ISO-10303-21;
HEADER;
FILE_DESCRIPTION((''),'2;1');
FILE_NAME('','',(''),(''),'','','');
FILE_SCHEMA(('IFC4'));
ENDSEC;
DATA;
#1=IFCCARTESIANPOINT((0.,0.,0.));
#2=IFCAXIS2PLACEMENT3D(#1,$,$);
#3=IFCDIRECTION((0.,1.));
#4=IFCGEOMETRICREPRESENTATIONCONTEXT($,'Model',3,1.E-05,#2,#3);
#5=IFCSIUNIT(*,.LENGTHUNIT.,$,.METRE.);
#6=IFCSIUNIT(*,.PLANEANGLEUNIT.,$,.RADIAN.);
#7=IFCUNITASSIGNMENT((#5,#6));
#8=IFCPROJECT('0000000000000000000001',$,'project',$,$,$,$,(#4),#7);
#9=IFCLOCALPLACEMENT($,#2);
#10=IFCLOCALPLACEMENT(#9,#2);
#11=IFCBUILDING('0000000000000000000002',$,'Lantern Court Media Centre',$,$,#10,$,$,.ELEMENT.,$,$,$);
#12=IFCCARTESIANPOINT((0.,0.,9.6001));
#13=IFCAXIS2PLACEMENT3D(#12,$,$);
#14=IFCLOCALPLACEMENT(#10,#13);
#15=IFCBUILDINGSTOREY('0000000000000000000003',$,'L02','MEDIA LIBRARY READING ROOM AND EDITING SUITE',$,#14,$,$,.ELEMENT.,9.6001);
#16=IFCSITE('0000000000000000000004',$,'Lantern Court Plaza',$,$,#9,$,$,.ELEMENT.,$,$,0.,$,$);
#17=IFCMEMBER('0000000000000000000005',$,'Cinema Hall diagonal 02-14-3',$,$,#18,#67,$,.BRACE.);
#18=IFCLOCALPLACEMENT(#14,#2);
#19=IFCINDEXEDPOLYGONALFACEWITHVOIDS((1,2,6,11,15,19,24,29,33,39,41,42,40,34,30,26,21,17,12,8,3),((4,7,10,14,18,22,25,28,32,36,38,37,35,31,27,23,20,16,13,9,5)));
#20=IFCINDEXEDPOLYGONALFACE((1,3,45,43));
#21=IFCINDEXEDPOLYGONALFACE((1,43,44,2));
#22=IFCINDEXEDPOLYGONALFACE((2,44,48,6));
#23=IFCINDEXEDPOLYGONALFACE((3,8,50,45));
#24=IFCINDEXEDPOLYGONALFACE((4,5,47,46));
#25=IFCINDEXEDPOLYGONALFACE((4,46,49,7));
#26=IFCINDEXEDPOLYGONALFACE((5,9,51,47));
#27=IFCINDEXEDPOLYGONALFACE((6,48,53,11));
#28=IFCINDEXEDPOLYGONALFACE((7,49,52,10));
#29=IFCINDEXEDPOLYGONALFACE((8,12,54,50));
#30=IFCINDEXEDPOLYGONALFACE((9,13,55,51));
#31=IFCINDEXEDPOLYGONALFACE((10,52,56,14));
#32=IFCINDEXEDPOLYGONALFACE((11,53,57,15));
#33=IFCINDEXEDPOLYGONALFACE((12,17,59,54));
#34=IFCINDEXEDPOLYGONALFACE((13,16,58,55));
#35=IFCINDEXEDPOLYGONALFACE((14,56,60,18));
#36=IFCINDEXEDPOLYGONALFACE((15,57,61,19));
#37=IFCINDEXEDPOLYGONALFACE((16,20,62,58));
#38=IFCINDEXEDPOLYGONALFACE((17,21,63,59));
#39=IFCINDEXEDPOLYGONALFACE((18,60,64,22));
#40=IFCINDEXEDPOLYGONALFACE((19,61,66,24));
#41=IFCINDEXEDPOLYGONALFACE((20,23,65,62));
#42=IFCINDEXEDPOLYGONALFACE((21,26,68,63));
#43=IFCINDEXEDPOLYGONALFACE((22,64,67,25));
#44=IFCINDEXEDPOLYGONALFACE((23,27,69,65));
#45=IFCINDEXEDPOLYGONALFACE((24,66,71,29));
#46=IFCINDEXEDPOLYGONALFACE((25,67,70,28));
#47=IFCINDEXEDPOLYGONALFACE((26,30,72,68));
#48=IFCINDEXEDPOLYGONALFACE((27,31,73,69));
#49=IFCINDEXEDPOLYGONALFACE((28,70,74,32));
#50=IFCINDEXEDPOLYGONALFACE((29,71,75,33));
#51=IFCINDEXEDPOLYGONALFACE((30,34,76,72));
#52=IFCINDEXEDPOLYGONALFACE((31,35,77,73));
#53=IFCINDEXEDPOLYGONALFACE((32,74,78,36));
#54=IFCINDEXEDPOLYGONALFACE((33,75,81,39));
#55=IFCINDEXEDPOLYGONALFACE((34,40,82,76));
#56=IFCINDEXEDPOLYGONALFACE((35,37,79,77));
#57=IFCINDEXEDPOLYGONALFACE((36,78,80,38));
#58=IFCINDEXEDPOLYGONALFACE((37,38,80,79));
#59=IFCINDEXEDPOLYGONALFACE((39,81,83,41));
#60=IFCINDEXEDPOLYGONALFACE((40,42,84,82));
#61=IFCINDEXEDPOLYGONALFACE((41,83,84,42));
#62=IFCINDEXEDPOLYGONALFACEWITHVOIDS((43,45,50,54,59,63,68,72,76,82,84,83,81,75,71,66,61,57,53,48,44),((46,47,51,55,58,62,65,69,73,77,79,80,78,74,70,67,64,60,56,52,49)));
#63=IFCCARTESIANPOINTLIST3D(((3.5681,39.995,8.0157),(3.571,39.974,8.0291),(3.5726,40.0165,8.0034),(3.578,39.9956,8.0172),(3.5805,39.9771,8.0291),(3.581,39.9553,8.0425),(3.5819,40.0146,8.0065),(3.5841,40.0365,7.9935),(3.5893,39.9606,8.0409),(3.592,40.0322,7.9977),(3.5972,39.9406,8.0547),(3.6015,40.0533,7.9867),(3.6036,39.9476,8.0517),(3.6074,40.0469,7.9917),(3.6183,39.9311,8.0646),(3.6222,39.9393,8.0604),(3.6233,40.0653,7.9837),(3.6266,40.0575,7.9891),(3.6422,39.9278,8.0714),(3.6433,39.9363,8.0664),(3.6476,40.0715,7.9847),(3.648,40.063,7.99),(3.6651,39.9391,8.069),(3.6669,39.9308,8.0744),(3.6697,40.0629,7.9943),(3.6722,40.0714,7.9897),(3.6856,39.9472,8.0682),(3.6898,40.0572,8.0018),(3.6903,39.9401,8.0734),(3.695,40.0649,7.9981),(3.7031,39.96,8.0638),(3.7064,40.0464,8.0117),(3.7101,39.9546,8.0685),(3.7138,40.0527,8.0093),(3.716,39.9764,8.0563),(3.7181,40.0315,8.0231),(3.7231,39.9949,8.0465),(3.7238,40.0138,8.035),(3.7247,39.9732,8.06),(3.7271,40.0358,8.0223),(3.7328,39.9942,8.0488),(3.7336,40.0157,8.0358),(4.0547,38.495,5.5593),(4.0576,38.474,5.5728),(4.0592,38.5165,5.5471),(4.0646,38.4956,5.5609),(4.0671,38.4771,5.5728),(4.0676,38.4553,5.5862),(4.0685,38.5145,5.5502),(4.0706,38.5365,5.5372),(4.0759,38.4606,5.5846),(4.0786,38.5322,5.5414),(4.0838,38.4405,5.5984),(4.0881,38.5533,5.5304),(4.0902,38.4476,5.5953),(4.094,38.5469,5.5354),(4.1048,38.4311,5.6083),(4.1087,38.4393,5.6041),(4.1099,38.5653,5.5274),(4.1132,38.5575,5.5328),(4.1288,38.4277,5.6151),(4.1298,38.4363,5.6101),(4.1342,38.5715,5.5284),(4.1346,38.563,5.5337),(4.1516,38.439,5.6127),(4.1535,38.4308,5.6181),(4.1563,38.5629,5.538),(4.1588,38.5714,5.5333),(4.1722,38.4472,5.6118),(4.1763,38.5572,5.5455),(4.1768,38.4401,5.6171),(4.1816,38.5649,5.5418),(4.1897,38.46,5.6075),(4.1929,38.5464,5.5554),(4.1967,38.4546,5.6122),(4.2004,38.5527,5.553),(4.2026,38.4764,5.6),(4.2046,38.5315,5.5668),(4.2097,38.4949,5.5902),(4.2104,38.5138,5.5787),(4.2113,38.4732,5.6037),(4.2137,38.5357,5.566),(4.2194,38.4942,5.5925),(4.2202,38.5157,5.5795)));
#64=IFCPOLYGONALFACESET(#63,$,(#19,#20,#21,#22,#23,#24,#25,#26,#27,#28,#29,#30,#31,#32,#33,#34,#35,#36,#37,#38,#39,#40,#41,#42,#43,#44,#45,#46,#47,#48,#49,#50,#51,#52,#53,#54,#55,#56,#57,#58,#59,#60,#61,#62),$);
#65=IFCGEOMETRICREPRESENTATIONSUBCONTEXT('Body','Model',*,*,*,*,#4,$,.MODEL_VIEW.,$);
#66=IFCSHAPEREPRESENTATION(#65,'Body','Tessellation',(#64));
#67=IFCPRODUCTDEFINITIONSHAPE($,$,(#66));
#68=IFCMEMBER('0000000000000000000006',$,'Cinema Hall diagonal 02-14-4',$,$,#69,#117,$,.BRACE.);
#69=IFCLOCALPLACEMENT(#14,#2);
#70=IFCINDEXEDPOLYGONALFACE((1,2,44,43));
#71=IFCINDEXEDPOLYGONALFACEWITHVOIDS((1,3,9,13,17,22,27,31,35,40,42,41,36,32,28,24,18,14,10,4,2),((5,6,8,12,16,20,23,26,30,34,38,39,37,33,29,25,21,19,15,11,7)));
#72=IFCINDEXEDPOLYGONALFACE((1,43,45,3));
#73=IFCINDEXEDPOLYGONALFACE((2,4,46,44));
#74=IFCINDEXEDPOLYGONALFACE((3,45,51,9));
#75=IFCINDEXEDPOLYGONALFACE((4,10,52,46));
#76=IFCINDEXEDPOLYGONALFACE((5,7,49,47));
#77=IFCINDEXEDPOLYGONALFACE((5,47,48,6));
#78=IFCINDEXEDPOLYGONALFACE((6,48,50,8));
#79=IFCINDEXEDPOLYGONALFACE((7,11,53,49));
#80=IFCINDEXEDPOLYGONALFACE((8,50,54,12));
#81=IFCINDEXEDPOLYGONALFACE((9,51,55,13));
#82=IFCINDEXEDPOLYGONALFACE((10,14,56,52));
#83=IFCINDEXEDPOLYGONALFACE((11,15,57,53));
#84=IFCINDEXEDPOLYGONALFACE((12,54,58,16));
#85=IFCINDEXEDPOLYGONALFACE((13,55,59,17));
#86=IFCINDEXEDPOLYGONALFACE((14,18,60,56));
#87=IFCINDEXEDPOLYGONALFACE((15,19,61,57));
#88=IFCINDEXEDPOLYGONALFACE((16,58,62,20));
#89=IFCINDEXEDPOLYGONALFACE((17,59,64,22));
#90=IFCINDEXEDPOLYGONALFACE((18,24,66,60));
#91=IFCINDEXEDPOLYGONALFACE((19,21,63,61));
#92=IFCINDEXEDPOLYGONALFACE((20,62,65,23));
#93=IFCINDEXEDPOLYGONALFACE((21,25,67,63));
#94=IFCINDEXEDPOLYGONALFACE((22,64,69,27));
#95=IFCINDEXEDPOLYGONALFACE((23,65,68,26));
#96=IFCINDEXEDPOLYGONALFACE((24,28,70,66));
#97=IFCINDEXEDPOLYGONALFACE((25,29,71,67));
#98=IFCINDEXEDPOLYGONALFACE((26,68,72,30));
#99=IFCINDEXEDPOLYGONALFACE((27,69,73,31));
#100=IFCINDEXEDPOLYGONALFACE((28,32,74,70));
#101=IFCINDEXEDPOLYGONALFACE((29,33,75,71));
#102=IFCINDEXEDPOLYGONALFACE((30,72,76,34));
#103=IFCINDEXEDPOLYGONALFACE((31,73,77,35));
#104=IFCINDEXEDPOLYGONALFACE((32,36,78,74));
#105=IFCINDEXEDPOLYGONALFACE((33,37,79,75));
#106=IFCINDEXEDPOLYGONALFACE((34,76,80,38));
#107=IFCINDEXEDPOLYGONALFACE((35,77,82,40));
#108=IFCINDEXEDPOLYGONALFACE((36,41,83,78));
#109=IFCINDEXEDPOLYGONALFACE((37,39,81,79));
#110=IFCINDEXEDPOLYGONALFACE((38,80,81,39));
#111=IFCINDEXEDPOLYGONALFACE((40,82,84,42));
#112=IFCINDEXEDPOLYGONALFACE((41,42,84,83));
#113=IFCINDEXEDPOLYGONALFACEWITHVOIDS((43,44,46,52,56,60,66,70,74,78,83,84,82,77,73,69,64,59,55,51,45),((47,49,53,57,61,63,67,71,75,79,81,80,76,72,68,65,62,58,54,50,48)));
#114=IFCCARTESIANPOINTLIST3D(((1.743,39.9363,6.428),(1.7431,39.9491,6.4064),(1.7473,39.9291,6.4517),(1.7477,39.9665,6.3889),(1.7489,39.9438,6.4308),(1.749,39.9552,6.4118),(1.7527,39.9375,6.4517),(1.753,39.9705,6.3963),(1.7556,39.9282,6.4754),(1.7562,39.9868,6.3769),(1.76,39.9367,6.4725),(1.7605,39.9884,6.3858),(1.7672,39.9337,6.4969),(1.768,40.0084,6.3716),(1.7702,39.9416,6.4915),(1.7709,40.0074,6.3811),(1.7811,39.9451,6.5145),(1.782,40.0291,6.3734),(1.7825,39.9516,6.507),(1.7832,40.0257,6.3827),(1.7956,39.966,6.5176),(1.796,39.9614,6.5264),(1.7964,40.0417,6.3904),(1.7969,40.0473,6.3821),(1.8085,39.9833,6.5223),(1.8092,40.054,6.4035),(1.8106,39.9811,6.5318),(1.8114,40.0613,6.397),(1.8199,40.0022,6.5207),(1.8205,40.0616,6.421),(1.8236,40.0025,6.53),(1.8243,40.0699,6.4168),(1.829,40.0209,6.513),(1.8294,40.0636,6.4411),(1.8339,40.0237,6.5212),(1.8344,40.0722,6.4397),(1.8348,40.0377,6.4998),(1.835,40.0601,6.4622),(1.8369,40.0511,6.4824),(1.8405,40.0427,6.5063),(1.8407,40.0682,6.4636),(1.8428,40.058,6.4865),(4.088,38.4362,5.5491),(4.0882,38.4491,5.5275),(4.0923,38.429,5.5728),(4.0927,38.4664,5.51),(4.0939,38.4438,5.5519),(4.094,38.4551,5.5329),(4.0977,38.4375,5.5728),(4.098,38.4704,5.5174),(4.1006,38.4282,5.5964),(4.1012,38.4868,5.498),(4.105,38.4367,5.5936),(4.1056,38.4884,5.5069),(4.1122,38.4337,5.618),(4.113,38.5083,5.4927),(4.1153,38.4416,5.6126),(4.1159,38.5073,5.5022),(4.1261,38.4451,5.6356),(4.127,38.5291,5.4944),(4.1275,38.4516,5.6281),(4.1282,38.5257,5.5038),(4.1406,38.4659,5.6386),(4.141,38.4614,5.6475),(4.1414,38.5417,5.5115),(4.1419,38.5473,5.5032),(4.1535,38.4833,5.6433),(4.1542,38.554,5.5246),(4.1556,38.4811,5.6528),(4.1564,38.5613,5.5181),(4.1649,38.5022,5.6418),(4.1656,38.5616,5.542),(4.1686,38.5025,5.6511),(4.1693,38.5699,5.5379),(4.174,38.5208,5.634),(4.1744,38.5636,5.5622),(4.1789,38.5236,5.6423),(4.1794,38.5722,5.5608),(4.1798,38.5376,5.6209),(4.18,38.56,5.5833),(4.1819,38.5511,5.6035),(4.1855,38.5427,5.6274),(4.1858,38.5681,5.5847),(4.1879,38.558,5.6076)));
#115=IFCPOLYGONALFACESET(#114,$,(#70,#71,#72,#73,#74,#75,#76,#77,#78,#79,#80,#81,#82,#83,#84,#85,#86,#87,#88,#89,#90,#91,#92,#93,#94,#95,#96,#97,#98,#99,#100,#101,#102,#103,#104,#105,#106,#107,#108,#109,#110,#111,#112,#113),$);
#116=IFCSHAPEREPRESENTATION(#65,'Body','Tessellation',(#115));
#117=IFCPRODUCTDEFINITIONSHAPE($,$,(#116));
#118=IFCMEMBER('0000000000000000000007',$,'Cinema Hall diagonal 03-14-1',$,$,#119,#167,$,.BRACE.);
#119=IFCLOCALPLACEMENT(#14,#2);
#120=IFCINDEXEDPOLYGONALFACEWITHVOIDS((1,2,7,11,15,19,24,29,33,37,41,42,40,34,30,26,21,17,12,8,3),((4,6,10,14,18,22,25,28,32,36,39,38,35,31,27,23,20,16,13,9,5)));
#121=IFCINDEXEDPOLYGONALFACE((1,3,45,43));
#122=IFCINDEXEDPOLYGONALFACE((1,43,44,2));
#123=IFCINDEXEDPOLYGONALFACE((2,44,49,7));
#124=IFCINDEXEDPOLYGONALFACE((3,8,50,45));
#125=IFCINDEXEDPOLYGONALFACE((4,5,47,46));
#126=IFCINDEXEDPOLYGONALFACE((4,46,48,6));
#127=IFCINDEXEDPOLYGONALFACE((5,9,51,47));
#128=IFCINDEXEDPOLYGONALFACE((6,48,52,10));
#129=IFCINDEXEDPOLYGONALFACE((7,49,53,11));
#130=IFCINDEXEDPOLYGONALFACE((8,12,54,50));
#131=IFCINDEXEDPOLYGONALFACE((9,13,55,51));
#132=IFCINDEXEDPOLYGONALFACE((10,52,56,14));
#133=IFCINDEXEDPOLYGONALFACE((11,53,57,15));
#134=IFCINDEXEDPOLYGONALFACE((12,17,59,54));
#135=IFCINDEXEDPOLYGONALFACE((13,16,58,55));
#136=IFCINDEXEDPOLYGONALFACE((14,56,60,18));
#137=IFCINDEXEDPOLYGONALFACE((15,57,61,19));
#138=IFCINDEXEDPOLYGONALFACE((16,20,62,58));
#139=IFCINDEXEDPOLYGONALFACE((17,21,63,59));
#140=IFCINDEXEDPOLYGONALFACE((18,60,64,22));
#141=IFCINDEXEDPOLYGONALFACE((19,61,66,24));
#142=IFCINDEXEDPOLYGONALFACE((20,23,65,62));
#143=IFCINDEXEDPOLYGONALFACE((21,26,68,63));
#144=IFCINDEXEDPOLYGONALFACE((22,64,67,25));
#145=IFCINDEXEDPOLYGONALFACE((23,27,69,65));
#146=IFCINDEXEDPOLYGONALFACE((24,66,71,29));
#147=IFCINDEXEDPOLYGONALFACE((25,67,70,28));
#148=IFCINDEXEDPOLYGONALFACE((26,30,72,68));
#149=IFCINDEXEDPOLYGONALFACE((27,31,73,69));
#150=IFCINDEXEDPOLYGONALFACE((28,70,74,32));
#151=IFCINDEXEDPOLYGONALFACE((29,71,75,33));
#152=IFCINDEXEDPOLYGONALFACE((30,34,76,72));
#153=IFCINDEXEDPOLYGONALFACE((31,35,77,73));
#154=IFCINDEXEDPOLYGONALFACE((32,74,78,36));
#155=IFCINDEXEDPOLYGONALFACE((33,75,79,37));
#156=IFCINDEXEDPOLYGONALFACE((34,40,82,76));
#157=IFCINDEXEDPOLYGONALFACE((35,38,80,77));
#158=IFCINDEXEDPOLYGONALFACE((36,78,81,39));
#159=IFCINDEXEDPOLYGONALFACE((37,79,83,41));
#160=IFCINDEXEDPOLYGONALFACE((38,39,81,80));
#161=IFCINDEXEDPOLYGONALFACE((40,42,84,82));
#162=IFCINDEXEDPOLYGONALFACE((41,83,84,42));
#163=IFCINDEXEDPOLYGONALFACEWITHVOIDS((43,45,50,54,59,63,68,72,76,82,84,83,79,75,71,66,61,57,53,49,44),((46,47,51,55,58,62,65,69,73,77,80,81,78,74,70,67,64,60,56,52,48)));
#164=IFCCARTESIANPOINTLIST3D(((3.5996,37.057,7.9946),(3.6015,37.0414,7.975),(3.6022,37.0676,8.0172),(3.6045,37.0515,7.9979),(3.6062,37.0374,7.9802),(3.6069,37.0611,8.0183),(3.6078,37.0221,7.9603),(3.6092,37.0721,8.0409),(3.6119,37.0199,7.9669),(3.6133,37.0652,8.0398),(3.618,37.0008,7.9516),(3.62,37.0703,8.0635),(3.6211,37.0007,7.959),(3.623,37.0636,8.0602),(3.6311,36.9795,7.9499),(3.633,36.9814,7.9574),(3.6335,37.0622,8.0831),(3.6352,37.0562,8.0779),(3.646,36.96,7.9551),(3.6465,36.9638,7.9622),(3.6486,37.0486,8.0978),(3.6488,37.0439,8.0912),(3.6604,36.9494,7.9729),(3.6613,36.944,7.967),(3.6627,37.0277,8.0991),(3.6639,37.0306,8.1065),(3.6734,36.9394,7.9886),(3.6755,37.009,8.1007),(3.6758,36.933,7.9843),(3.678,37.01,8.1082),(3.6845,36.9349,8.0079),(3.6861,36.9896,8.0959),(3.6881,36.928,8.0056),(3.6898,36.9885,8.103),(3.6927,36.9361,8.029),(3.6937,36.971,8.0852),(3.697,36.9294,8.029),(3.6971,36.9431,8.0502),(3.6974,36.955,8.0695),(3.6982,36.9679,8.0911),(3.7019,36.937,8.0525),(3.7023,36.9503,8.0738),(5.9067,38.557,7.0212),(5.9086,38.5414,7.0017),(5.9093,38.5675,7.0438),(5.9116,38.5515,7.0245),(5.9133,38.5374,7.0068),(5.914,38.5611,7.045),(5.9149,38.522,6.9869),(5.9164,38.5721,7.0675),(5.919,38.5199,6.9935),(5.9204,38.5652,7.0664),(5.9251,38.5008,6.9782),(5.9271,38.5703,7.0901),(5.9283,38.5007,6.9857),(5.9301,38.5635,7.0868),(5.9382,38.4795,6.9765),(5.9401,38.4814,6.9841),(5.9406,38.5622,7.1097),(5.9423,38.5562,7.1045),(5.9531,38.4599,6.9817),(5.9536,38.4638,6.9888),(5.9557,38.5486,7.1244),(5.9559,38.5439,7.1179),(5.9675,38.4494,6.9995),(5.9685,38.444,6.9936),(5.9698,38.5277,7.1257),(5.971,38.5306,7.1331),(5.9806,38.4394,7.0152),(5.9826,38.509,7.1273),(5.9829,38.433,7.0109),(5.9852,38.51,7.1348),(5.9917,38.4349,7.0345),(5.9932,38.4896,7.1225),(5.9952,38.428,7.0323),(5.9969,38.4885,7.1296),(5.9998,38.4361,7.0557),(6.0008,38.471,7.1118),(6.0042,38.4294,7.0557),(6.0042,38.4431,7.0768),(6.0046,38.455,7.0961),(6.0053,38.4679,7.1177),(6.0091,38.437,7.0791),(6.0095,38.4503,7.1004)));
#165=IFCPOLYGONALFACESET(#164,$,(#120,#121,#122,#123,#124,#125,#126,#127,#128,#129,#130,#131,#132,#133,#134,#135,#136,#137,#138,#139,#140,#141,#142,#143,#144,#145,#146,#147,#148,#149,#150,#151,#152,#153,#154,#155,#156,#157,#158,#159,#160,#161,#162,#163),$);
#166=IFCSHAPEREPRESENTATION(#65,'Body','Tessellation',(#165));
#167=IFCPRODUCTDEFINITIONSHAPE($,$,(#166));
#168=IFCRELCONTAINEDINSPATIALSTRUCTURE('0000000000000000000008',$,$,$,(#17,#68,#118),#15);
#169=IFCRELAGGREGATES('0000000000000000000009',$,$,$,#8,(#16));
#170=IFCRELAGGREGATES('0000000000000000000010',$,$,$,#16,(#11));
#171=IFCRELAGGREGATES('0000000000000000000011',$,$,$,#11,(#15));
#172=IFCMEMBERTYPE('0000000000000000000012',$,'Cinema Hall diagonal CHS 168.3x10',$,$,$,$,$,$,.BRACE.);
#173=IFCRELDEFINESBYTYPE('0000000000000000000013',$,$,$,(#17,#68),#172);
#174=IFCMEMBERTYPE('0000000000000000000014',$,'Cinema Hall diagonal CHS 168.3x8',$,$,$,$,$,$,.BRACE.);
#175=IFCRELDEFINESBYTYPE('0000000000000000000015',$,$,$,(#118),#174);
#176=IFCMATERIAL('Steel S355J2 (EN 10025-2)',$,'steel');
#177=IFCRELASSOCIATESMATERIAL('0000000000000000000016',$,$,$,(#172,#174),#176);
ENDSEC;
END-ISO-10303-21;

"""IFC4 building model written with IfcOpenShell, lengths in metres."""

from ifc_helpers import new_model, si_unit, direction, frame, origin, origin_2d, place, context, subcontext, project, spatial, hollow_circle, extrude, material, material_profile, profile_set, type_object, element, save


model = new_model("IFC4")

# Units and contexts
model_context = context("Model", 3, precision=1e-05, world=origin(), true_north=direction((0.0, 1.0)))
body_context = subcontext(model_context, "Body", "Model", "MODEL_VIEW")
ifc_project = project(units=[si_unit("LENGTHUNIT", "METRE"), si_unit("PLANEANGLEUNIT", "RADIAN")], contexts=[model_context])

# Site, building, storey
site_placement = place(None, origin())
site = spatial("IfcSite", under=ifc_project, at=site_placement, Name="Lantern Court Plaza", CompositionType="ELEMENT", RefElevation=0.0)
building_placement = place(site_placement, origin())
building = spatial("IfcBuilding", under=site, at=building_placement, Name="Lantern Court Media Centre", CompositionType="ELEMENT")
storey_placement = place(building_placement, frame((0.0, 0.0, 9.6001)))
storey = spatial("IfcBuildingStorey", under=building, at=storey_placement, Name="L02", Description="MEDIA LIBRARY READING ROOM AND EDITING SUITE", CompositionType="ELEMENT", Elevation=9.6001)

# Members
ifc_material = material(Name="Steel S355J2 (EN 10025-2)", Category="steel")
ifc_material_profile_1 = material_profile(ifc_material, hollow_circle(Radius=0.0842, WallThickness=0.01, at=origin_2d()), Name="Cinema Hall diagonal CHS 168.3x10")
ifc_profile_set_1 = profile_set([ifc_material_profile_1], Name="Steel S355J2 (EN 10025-2)")
member_type_1 = type_object("IfcMemberType", Name="Cinema Hall diagonal CHS 168.3x10", PredefinedType="BRACE", material=ifc_profile_set_1)
for number, where, z_axis, x_axis, name in (
    (1, (4.1377, 38.5, 5.5728), (-0.166695, 0.513887, 0.841506), (-0.951207, -0.308554, 0.0), "Cinema Hall diagonal 02-14-3"),
):
    element("IfcMember", number, at=place(storey_placement, frame(where, z_axis=z_axis, x_axis=x_axis)), inside=storey, type_object=member_type_1, Name=name, PredefinedType="BRACE", context=body_context, shape_type="SweptSolid", body=[
        extrude(hollow_circle(Radius=0.0842, WallThickness=0.01, at=origin_2d()), origin(), (0.0, 0.0, 1.0), 2.9189),
    ])
member_1_placement = place(storey_placement, frame((4.1377, 38.5, 5.5728), z_axis=(-0.803309, 0.51385, 0.301084), x_axis=(-0.538855, -0.842399, 0.0)))
element("IfcMember", 2, at=member_1_placement, inside=storey, type_object=member_type_1, Name="Cinema Hall diagonal 02-14-4", PredefinedType="BRACE", context=body_context, shape_type="SweptSolid", body=[
    extrude(hollow_circle(Radius=0.0842, WallThickness=0.01, at=origin_2d()), origin(), (0.0, 0.0, 1.0), 2.9192),
])
ifc_material_profile_2 = material_profile(ifc_material, hollow_circle(Radius=0.0842, WallThickness=0.0081, at=origin_2d()), Name="Cinema Hall diagonal CHS 168.3x8")
ifc_profile_set_2 = profile_set([ifc_material_profile_2], Name="Steel S355J2 (EN 10025-2)")
member_type_2 = type_object("IfcMemberType", Name="Cinema Hall diagonal CHS 168.3x8", PredefinedType="BRACE", material=ifc_profile_set_2)
member_2_placement = place(storey_placement, frame((5.9583, 38.5, 7.0557), z_axis=(-0.790394, -0.513882, 0.333471), x_axis=(0.545082, -0.838383, 0.0)))
element("IfcMember", 3, at=member_2_placement, inside=storey, type_object=member_type_2, Name="Cinema Hall diagonal 03-14-1", PredefinedType="BRACE", context=body_context, shape_type="SweptSolid", body=[
    extrude(hollow_circle(Radius=0.0842, WallThickness=0.0081, at=origin_2d()), origin(), (0.0, 0.0, 1.0), 2.9189),
])

save(model, "model.ifc")
